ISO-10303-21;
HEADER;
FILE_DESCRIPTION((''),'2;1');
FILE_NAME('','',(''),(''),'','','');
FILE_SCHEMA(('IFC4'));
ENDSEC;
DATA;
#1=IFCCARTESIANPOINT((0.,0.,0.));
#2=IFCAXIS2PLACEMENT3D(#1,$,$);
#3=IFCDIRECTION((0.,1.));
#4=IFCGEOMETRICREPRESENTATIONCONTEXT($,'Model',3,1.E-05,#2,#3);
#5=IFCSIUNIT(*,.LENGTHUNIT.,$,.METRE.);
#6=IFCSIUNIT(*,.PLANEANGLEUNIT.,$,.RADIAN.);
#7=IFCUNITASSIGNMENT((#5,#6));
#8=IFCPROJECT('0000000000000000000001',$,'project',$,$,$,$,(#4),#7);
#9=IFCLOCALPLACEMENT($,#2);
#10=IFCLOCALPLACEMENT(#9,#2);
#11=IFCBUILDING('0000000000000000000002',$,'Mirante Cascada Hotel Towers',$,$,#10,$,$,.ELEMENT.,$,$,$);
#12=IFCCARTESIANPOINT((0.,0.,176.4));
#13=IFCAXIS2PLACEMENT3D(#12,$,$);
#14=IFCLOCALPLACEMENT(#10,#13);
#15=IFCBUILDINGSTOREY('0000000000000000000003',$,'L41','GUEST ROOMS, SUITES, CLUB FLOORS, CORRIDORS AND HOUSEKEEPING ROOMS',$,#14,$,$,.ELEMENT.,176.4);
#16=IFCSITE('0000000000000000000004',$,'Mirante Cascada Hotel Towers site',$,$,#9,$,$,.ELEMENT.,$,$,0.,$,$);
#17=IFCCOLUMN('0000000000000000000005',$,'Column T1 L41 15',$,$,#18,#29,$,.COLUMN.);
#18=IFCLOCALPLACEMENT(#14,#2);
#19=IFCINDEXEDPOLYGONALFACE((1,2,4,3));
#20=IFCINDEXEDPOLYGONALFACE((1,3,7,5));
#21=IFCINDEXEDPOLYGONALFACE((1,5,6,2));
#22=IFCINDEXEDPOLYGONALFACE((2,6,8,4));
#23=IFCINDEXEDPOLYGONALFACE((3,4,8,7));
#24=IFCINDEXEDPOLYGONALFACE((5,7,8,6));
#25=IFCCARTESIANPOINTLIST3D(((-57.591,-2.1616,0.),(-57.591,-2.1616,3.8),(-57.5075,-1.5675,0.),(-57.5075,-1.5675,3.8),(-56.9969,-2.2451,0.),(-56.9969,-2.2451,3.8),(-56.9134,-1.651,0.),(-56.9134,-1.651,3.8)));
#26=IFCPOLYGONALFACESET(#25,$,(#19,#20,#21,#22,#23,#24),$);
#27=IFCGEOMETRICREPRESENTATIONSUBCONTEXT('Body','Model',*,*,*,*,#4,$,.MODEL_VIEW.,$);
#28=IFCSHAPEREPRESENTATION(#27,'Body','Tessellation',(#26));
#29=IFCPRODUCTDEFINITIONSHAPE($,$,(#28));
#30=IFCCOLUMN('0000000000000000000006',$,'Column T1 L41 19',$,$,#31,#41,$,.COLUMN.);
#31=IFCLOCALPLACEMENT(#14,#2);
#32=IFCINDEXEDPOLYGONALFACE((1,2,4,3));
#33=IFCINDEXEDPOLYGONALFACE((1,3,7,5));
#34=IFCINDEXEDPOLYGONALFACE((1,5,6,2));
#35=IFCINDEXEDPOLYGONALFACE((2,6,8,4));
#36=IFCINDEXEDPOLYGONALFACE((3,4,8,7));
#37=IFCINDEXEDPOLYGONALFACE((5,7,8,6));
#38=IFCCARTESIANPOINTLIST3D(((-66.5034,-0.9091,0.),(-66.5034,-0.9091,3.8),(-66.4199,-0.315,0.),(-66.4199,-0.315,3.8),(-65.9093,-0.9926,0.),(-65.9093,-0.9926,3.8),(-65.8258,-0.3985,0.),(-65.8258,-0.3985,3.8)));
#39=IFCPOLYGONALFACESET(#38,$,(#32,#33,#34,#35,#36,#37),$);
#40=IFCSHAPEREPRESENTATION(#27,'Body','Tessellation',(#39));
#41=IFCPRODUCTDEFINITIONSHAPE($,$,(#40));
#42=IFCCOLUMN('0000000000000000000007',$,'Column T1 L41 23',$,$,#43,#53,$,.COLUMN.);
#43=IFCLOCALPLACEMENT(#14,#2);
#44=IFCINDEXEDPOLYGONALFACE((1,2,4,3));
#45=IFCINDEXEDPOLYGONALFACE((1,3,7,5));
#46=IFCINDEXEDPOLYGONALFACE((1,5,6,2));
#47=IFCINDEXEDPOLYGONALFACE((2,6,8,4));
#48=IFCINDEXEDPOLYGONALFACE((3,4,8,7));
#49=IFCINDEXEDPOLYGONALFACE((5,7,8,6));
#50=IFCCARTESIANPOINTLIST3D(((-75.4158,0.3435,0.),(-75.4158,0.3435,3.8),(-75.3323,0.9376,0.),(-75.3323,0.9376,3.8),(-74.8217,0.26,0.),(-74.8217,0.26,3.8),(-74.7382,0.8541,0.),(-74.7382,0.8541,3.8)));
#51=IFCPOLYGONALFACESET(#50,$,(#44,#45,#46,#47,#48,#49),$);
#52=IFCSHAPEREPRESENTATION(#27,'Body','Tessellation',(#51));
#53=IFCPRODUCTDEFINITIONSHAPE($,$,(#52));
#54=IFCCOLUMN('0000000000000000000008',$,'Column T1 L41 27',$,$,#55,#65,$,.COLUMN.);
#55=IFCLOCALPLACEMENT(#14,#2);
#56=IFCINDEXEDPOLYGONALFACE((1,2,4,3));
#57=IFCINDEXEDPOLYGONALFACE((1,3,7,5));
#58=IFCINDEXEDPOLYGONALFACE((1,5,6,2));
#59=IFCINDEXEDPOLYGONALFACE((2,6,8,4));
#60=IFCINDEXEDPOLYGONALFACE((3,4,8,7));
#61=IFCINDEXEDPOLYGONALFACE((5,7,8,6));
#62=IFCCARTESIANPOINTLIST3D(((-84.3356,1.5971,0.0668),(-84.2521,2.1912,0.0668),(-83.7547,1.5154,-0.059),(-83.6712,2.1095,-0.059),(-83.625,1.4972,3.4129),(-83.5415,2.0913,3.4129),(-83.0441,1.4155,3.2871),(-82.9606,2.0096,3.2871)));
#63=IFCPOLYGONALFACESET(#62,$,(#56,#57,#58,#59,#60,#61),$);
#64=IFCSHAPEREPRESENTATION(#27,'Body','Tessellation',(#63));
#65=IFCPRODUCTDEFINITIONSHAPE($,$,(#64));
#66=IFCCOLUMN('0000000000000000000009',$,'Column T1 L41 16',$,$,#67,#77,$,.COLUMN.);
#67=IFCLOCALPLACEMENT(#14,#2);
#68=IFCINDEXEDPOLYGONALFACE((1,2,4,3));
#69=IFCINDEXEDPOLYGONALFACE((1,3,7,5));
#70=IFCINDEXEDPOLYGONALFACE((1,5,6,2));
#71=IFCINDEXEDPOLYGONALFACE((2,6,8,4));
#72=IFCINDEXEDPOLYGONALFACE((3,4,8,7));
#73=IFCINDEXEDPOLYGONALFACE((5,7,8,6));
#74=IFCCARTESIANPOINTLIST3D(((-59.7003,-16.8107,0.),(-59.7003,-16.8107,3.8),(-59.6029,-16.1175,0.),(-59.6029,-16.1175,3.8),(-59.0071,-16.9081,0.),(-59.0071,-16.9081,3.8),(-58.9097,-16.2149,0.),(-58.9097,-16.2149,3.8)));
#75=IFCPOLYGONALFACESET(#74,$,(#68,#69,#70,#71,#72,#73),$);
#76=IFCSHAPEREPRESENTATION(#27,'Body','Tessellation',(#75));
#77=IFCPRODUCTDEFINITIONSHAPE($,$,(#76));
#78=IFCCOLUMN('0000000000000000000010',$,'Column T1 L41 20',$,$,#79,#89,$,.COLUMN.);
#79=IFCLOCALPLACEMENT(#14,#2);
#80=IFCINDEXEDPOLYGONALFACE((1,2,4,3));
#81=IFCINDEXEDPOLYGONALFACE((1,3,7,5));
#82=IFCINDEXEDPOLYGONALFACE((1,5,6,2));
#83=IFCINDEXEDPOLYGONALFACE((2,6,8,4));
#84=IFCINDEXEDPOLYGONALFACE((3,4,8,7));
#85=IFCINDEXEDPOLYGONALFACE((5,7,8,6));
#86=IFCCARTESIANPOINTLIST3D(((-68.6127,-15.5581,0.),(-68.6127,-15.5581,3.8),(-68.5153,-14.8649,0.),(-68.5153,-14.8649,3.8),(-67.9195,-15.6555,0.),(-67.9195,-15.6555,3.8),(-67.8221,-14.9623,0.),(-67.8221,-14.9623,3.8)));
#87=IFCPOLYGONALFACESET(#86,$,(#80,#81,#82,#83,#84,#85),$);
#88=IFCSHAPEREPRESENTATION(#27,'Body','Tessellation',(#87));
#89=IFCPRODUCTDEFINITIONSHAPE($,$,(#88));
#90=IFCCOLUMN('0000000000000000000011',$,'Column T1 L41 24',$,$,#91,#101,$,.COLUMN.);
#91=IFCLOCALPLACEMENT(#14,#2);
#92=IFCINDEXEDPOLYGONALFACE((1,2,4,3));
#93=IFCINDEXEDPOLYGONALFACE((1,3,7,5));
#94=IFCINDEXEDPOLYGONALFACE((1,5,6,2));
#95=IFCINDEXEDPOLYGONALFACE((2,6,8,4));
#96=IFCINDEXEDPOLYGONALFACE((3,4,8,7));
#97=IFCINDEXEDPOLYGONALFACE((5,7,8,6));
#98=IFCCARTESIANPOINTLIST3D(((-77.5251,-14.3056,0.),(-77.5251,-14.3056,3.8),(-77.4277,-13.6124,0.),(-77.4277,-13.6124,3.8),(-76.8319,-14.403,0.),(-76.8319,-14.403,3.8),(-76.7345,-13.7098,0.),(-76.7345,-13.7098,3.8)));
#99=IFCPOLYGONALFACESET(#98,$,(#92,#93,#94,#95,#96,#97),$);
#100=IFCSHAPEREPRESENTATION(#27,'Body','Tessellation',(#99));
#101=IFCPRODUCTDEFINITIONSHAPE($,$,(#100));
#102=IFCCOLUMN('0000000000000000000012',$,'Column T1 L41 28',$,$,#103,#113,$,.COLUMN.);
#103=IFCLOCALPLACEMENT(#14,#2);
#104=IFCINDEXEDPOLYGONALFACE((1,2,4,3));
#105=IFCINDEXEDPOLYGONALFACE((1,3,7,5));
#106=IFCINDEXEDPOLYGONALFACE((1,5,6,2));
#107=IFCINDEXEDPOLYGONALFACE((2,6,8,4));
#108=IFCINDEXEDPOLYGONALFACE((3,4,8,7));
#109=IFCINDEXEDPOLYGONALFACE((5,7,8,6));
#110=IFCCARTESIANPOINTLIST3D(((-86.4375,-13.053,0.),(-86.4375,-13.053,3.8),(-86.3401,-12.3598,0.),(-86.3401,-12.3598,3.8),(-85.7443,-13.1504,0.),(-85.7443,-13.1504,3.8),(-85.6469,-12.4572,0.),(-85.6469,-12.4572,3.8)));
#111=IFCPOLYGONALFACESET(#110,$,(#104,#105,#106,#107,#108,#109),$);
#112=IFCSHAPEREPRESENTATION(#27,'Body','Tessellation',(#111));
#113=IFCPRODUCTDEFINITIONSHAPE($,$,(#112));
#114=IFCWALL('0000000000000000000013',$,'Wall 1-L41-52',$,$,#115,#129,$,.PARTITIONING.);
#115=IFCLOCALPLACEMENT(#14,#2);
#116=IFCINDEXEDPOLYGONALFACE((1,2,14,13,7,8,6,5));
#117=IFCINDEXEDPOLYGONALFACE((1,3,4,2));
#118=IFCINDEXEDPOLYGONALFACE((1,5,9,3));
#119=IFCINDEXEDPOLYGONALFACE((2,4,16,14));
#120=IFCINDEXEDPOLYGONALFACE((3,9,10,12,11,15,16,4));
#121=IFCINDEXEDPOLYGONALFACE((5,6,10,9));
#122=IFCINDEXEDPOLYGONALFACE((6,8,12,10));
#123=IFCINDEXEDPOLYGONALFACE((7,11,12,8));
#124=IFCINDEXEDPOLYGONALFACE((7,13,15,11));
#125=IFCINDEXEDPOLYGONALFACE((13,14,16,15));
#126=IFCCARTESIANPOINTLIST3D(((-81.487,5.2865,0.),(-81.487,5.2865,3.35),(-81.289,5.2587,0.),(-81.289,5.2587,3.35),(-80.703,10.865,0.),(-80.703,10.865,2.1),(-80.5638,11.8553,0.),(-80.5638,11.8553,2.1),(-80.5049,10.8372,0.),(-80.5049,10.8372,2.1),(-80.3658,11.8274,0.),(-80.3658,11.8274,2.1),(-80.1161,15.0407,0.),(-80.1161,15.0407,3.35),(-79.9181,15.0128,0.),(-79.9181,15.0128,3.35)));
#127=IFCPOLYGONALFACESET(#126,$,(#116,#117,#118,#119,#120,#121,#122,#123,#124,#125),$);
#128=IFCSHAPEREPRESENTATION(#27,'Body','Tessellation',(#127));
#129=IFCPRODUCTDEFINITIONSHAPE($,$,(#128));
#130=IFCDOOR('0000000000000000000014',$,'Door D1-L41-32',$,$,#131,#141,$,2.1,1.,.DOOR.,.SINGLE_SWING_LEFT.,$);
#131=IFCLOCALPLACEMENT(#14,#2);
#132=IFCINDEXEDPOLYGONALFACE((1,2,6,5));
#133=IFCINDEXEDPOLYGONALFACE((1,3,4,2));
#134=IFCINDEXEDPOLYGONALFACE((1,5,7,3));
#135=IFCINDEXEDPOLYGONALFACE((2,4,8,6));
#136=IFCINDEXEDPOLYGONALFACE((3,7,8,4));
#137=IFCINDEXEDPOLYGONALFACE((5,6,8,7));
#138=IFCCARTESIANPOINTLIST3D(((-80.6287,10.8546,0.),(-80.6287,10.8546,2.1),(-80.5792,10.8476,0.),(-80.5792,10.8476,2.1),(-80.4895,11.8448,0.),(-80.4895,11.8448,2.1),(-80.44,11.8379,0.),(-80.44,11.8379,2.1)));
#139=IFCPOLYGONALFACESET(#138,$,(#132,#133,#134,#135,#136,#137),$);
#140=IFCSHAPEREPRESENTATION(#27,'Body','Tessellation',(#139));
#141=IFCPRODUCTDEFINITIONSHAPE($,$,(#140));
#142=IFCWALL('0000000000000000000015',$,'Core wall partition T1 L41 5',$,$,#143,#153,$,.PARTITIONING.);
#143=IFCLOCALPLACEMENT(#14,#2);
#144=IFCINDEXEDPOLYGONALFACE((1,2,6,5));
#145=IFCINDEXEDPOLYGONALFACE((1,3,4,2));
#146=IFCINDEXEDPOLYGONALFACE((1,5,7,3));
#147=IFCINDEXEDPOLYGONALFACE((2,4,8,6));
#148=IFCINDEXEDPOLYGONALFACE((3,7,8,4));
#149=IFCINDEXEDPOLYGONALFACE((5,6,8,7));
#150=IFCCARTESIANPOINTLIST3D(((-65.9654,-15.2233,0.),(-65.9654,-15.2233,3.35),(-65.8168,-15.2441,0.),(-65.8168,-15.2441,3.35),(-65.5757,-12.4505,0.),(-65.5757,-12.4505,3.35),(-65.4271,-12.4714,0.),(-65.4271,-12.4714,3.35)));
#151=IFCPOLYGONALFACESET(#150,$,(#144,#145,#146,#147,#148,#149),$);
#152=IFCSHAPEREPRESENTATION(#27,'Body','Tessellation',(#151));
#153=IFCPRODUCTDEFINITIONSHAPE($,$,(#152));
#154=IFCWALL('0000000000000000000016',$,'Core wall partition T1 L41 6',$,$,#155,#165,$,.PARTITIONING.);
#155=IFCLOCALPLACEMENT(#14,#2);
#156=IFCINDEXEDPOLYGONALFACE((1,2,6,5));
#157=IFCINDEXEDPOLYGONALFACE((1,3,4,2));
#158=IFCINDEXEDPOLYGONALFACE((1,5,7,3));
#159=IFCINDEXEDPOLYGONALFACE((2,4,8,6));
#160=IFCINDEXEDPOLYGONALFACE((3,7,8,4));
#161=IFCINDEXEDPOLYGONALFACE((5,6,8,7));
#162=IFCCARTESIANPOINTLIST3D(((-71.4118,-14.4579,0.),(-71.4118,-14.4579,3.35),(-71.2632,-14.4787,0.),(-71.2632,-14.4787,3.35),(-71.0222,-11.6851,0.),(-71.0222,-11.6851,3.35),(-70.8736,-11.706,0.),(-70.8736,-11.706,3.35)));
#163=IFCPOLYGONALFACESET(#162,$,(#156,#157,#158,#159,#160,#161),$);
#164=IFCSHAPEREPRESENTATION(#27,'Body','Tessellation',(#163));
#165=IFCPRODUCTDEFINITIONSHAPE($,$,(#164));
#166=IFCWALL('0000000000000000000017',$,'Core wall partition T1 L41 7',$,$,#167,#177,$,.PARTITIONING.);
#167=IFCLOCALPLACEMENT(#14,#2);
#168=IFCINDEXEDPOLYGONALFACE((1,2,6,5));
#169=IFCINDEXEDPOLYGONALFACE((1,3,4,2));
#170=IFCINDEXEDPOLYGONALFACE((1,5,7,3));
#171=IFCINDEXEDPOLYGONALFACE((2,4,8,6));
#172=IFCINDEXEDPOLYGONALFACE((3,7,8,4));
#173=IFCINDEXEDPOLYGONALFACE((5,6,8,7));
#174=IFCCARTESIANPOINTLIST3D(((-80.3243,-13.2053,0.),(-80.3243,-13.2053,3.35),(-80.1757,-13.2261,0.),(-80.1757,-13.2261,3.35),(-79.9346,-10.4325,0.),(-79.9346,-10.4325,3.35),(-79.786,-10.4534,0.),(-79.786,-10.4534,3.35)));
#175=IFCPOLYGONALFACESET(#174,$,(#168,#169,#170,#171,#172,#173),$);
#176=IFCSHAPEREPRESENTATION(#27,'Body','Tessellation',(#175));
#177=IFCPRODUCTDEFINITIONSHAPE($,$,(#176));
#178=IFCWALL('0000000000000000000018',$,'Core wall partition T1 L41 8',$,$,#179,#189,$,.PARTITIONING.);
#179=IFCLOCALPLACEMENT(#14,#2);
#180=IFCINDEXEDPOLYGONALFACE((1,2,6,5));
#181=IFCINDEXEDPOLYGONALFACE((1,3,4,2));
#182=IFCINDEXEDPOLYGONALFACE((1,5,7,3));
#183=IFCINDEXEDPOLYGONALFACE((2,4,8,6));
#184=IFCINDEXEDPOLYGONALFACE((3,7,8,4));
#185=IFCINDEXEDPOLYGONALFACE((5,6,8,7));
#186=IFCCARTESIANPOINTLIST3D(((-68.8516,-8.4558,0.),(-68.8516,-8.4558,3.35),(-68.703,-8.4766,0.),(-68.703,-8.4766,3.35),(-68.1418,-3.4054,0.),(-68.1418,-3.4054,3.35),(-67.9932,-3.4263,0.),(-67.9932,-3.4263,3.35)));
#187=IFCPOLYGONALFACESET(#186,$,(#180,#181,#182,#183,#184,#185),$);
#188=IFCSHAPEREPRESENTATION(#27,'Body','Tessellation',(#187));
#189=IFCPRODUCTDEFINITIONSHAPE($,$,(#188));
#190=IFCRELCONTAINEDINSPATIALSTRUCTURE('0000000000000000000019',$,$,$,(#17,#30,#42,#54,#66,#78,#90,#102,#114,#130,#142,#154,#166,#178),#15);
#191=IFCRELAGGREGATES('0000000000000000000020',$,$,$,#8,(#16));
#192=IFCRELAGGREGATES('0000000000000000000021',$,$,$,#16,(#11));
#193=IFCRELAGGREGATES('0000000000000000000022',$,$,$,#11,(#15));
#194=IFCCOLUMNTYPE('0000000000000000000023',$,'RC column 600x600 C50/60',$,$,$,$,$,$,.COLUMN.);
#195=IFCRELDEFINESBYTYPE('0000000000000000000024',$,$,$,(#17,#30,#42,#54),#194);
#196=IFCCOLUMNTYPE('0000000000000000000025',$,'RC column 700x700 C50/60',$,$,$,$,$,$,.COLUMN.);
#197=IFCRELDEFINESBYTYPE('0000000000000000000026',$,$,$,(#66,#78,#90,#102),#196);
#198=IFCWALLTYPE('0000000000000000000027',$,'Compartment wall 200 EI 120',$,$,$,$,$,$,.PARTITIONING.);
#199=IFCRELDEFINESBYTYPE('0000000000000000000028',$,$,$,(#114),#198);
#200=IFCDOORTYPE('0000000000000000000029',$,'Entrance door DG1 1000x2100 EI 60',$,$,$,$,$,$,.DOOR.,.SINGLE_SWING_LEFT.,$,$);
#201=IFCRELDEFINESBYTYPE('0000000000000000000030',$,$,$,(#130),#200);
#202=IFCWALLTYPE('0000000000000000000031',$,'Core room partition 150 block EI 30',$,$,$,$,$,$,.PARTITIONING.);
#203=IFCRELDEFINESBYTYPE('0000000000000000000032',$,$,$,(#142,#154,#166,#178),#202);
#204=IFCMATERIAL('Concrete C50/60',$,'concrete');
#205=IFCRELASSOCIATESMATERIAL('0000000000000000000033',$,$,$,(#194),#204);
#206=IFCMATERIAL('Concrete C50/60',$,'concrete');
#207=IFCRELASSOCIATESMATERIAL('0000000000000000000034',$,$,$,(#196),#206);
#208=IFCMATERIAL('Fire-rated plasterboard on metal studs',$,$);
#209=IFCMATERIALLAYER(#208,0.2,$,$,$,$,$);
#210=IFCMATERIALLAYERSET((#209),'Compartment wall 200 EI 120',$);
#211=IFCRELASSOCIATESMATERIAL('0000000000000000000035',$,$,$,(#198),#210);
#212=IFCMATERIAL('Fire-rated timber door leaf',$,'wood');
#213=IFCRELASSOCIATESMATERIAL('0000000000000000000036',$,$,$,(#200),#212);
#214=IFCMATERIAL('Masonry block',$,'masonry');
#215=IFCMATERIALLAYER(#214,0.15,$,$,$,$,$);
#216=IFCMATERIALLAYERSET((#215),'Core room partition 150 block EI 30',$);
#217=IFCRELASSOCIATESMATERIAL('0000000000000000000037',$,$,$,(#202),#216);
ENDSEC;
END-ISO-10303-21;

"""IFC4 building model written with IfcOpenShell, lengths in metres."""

from ifc_helpers import new_model, si_unit, direction, frame, frame_2d, origin, origin_2d, place, context, subcontext, project, spatial, rectangle, extrude, material, layer, layer_set, material_profile, profile_set, type_object, element, fill, save


model = new_model("IFC4")

# Units and contexts
model_context = context("Model", 3, precision=1e-05, world=origin(), true_north=direction((0.0, 1.0)))
body_context = subcontext(model_context, "Body", "Model", "MODEL_VIEW")
ifc_project = project(units=[si_unit("LENGTHUNIT", "METRE"), si_unit("PLANEANGLEUNIT", "RADIAN")], contexts=[model_context])

# Site, building, storey
site_placement = place(None, origin())
site = spatial("IfcSite", under=ifc_project, at=site_placement, Name="Mirante Cascada Hotel Towers site", CompositionType="ELEMENT", RefElevation=0.0)
building_placement = place(site_placement, origin())
building = spatial("IfcBuilding", under=site, at=building_placement, Name="Mirante Cascada Hotel Towers", CompositionType="ELEMENT")
storey_placement = place(building_placement, frame((0.0, 0.0, 176.4)))
storey = spatial("IfcBuildingStorey", under=building, at=storey_placement, Name="L41", Description="GUEST ROOMS, SUITES, CLUB FLOORS, CORRIDORS AND HOUSEKEEPING ROOMS", CompositionType="ELEMENT", Elevation=176.4)

# Columns
ifc_material_1 = material(Name="Concrete C50/60", Category="concrete")
ifc_material_profile_1 = material_profile(ifc_material_1, rectangle(XDim=0.6, YDim=0.6, at=origin_2d()), Name="RC column 600x600 C50/60")
ifc_profile_set_1 = profile_set([ifc_material_profile_1], Name="Concrete C50/60")
column_type_1 = type_object("IfcColumnType", Name="RC column 600x600 C50/60", PredefinedType="COLUMN", material=ifc_profile_set_1)
for number, where, z_axis, x_axis, name in (
    (1, (-57.2522, -1.9063, 0.0), (0.0, 0.0, 1.0), (-0.990268, 0.139173, 0.0), "Column T1 L41 15"),
    (2, (-66.1646, -0.6538, 0.0), (0.0, 0.0, 1.0), (-0.990268, 0.139173, 0.0), "Column T1 L41 19"),
    (3, (-75.077, 0.5988, 0.0), (0.0, 0.0, 1.0), (-0.990268, 0.139173, 0.0), "Column T1 L41 23"),
):
    element("IfcColumn", number, at=place(storey_placement, frame(where, z_axis=z_axis, x_axis=x_axis)), inside=storey, type_object=column_type_1, Name=name, PredefinedType="COLUMN", context=body_context, shape_type="SweptSolid", body=[
        extrude(rectangle(XDim=0.6, YDim=0.6, at=origin_2d()), origin(), (0.0, 0.0, 1.0), 3.8),
    ])
column_placement = place(storey_placement, frame((-84.0034, 1.8533, 0.0039), z_axis=(0.207645, -0.029192, 0.977769), x_axis=(0.139216, 0.990262, 0.0)))
element("IfcColumn", 4, at=column_placement, inside=storey, type_object=column_type_1, Name="Column T1 L41 27", PredefinedType="COLUMN", context=body_context, shape_type="SweptSolid", body=[
    extrude(rectangle(XDim=0.6, YDim=0.6, at=origin_2d()), origin(), (0.0, 0.0, 1.0), 3.4222),
])
ifc_material_2 = material(Name="Concrete C50/60", Category="concrete")
ifc_material_profile_2 = material_profile(ifc_material_2, rectangle(XDim=0.7, YDim=0.7, at=origin_2d()), Name="RC column 700x700 C50/60")
ifc_profile_set_2 = profile_set([ifc_material_profile_2], Name="Concrete C50/60")
column_type_2 = type_object("IfcColumnType", Name="RC column 700x700 C50/60", PredefinedType="COLUMN", material=ifc_profile_set_2)
for number, where, z_axis, x_axis, name in (
    (5, (-59.305, -16.5128, 0.0), (0.0, 0.0, 1.0), (-0.990268, 0.139173, 0.0), "Column T1 L41 16"),
    (6, (-68.2174, -15.2602, 0.0), (0.0, 0.0, 1.0), (-0.990268, 0.139173, 0.0), "Column T1 L41 20"),
    (7, (-77.1298, -14.0077, 0.0), (0.0, 0.0, 1.0), (-0.990268, 0.139173, 0.0), "Column T1 L41 24"),
    (8, (-86.0422, -12.7551, 0.0), (0.0, 0.0, 1.0), (-0.990268, 0.139173, 0.0), "Column T1 L41 28"),
):
    element("IfcColumn", number, at=place(storey_placement, frame(where, z_axis=z_axis, x_axis=x_axis)), inside=storey, type_object=column_type_2, Name=name, PredefinedType="COLUMN", context=body_context, shape_type="SweptSolid", body=[
        extrude(rectangle(XDim=0.7, YDim=0.7, at=origin_2d()), origin(), (0.0, 0.0, 1.0), 3.8),
    ])

# Wall, opening, door
ifc_material_3 = material(Name="Fire-rated plasterboard on metal studs")
ifc_layer_1 = layer(ifc_material_3, 0.2)
ifc_layer_set_1 = layer_set([ifc_layer_1], Name="Compartment wall 200 EI 120")
wall_type_1 = type_object("IfcWallType", Name="Compartment wall 200 EI 120", PredefinedType="PARTITIONING", material=ifc_layer_set_1)
wall_1_placement = place(storey_placement, frame((-81.388, 5.2726, 0.0), z_axis=(0.0, 0.0, 1.0), x_axis=(0.139178, 0.990267, 0.0)))
wall_1 = element("IfcWall", 9, at=wall_1_placement, inside=storey, type_object=wall_type_1, Name="Wall 1-L41-52", PredefinedType="PARTITIONING", context=body_context, shape_type="SweptSolid", body=[
    extrude(rectangle(XDim=9.85, YDim=0.2, at=frame_2d((4.925, 0.0))), origin(), (0.0, 0.0, 1.0), 3.35),
])
opening_1_placement = place(wall_1_placement, frame((5.6333, 0.0, 0.0)))
opening_1 = element("IfcOpeningElement", 10, at=opening_1_placement, cuts=wall_1, PredefinedType="OPENING", context=body_context, shape_type="SweptSolid", body=[
    extrude(rectangle(XDim=1.0, YDim=2.1, at=frame_2d((0.5, 1.05))), frame((0.0, 0.1, 0.0), z_axis=(0.0, -1.0, 0.0), x_axis=(1.0, 0.0, 0.0)), (0.0, 0.0, 1.0), 0.2),
])
ifc_material_4 = material(Name="Fire-rated timber door leaf", Category="wood")
door_type_1 = type_object("IfcDoorType", Name="Entrance door DG1 1000x2100 EI 60", OperationType="SINGLE_SWING_LEFT", PredefinedType="DOOR", material=ifc_material_4)
door_1_placement = place(opening_1_placement, origin())
door_1 = element("IfcDoor", 11, at=door_1_placement, inside=storey, type_object=door_type_1, Name="Door D1-L41-32", OperationType="SINGLE_SWING_LEFT", OverallHeight=2.1, OverallWidth=1.0, PredefinedType="DOOR", context=body_context, shape_type="SweptSolid", body=[
    extrude(rectangle(XDim=1.0, YDim=2.1, at=frame_2d((0.5, 1.05))), frame((0.0, 0.025, 0.0), z_axis=(0.0, -1.0, 0.0), x_axis=(1.0, 0.0, 0.0)), (0.0, 0.0, 1.0), 0.05),
])
fill(opening_1, door_1)

# Walls
ifc_material_5 = material(Name="Masonry block", Category="masonry")
ifc_layer_2 = layer(ifc_material_5, 0.15)
ifc_layer_set_2 = layer_set([ifc_layer_2], Name="Core room partition 150 block EI 30")
wall_type_2 = type_object("IfcWallType", Name="Core room partition 150 block EI 30", PredefinedType="PARTITIONING", material=ifc_layer_set_2)
for number, where, z_axis, x_axis, name in (
    (12, (-65.8911, -15.2337, 0.0), (0.0, 0.0, 1.0), (0.139181, 0.990267, 0.0), "Core wall partition T1 L41 5"),
    (13, (-71.3375, -14.4683, 0.0), (0.0, 0.0, 1.0), (0.139141, 0.990273, 0.0), "Core wall partition T1 L41 6"),
    (14, (-80.25, -13.2157, 0.0), (0.0, 0.0, 1.0), (0.139181, 0.990267, 0.0), "Core wall partition T1 L41 7"),
):
    element("IfcWall", number, at=place(storey_placement, frame(where, z_axis=z_axis, x_axis=x_axis)), inside=storey, type_object=wall_type_2, Name=name, PredefinedType="PARTITIONING", context=body_context, shape_type="SweptSolid", body=[
        extrude(rectangle(XDim=2.8, YDim=0.15, at=frame_2d((1.4, 0.0))), origin(), (0.0, 0.0, 1.0), 3.35),
    ])
wall_2_placement = place(storey_placement, frame((-68.7773, -8.4662, 0.0), z_axis=(0.0, 0.0, 1.0), x_axis=(0.139176, 0.990268, 0.0)))
element("IfcWall", 15, at=wall_2_placement, inside=storey, type_object=wall_type_2, Name="Core wall partition T1 L41 8", PredefinedType="PARTITIONING", context=body_context, shape_type="SweptSolid", body=[
    extrude(rectangle(XDim=5.1, YDim=0.15, at=frame_2d((2.55, 0.0))), origin(), (0.0, 0.0, 1.0), 3.35),
])

save(model, "model.ifc")
